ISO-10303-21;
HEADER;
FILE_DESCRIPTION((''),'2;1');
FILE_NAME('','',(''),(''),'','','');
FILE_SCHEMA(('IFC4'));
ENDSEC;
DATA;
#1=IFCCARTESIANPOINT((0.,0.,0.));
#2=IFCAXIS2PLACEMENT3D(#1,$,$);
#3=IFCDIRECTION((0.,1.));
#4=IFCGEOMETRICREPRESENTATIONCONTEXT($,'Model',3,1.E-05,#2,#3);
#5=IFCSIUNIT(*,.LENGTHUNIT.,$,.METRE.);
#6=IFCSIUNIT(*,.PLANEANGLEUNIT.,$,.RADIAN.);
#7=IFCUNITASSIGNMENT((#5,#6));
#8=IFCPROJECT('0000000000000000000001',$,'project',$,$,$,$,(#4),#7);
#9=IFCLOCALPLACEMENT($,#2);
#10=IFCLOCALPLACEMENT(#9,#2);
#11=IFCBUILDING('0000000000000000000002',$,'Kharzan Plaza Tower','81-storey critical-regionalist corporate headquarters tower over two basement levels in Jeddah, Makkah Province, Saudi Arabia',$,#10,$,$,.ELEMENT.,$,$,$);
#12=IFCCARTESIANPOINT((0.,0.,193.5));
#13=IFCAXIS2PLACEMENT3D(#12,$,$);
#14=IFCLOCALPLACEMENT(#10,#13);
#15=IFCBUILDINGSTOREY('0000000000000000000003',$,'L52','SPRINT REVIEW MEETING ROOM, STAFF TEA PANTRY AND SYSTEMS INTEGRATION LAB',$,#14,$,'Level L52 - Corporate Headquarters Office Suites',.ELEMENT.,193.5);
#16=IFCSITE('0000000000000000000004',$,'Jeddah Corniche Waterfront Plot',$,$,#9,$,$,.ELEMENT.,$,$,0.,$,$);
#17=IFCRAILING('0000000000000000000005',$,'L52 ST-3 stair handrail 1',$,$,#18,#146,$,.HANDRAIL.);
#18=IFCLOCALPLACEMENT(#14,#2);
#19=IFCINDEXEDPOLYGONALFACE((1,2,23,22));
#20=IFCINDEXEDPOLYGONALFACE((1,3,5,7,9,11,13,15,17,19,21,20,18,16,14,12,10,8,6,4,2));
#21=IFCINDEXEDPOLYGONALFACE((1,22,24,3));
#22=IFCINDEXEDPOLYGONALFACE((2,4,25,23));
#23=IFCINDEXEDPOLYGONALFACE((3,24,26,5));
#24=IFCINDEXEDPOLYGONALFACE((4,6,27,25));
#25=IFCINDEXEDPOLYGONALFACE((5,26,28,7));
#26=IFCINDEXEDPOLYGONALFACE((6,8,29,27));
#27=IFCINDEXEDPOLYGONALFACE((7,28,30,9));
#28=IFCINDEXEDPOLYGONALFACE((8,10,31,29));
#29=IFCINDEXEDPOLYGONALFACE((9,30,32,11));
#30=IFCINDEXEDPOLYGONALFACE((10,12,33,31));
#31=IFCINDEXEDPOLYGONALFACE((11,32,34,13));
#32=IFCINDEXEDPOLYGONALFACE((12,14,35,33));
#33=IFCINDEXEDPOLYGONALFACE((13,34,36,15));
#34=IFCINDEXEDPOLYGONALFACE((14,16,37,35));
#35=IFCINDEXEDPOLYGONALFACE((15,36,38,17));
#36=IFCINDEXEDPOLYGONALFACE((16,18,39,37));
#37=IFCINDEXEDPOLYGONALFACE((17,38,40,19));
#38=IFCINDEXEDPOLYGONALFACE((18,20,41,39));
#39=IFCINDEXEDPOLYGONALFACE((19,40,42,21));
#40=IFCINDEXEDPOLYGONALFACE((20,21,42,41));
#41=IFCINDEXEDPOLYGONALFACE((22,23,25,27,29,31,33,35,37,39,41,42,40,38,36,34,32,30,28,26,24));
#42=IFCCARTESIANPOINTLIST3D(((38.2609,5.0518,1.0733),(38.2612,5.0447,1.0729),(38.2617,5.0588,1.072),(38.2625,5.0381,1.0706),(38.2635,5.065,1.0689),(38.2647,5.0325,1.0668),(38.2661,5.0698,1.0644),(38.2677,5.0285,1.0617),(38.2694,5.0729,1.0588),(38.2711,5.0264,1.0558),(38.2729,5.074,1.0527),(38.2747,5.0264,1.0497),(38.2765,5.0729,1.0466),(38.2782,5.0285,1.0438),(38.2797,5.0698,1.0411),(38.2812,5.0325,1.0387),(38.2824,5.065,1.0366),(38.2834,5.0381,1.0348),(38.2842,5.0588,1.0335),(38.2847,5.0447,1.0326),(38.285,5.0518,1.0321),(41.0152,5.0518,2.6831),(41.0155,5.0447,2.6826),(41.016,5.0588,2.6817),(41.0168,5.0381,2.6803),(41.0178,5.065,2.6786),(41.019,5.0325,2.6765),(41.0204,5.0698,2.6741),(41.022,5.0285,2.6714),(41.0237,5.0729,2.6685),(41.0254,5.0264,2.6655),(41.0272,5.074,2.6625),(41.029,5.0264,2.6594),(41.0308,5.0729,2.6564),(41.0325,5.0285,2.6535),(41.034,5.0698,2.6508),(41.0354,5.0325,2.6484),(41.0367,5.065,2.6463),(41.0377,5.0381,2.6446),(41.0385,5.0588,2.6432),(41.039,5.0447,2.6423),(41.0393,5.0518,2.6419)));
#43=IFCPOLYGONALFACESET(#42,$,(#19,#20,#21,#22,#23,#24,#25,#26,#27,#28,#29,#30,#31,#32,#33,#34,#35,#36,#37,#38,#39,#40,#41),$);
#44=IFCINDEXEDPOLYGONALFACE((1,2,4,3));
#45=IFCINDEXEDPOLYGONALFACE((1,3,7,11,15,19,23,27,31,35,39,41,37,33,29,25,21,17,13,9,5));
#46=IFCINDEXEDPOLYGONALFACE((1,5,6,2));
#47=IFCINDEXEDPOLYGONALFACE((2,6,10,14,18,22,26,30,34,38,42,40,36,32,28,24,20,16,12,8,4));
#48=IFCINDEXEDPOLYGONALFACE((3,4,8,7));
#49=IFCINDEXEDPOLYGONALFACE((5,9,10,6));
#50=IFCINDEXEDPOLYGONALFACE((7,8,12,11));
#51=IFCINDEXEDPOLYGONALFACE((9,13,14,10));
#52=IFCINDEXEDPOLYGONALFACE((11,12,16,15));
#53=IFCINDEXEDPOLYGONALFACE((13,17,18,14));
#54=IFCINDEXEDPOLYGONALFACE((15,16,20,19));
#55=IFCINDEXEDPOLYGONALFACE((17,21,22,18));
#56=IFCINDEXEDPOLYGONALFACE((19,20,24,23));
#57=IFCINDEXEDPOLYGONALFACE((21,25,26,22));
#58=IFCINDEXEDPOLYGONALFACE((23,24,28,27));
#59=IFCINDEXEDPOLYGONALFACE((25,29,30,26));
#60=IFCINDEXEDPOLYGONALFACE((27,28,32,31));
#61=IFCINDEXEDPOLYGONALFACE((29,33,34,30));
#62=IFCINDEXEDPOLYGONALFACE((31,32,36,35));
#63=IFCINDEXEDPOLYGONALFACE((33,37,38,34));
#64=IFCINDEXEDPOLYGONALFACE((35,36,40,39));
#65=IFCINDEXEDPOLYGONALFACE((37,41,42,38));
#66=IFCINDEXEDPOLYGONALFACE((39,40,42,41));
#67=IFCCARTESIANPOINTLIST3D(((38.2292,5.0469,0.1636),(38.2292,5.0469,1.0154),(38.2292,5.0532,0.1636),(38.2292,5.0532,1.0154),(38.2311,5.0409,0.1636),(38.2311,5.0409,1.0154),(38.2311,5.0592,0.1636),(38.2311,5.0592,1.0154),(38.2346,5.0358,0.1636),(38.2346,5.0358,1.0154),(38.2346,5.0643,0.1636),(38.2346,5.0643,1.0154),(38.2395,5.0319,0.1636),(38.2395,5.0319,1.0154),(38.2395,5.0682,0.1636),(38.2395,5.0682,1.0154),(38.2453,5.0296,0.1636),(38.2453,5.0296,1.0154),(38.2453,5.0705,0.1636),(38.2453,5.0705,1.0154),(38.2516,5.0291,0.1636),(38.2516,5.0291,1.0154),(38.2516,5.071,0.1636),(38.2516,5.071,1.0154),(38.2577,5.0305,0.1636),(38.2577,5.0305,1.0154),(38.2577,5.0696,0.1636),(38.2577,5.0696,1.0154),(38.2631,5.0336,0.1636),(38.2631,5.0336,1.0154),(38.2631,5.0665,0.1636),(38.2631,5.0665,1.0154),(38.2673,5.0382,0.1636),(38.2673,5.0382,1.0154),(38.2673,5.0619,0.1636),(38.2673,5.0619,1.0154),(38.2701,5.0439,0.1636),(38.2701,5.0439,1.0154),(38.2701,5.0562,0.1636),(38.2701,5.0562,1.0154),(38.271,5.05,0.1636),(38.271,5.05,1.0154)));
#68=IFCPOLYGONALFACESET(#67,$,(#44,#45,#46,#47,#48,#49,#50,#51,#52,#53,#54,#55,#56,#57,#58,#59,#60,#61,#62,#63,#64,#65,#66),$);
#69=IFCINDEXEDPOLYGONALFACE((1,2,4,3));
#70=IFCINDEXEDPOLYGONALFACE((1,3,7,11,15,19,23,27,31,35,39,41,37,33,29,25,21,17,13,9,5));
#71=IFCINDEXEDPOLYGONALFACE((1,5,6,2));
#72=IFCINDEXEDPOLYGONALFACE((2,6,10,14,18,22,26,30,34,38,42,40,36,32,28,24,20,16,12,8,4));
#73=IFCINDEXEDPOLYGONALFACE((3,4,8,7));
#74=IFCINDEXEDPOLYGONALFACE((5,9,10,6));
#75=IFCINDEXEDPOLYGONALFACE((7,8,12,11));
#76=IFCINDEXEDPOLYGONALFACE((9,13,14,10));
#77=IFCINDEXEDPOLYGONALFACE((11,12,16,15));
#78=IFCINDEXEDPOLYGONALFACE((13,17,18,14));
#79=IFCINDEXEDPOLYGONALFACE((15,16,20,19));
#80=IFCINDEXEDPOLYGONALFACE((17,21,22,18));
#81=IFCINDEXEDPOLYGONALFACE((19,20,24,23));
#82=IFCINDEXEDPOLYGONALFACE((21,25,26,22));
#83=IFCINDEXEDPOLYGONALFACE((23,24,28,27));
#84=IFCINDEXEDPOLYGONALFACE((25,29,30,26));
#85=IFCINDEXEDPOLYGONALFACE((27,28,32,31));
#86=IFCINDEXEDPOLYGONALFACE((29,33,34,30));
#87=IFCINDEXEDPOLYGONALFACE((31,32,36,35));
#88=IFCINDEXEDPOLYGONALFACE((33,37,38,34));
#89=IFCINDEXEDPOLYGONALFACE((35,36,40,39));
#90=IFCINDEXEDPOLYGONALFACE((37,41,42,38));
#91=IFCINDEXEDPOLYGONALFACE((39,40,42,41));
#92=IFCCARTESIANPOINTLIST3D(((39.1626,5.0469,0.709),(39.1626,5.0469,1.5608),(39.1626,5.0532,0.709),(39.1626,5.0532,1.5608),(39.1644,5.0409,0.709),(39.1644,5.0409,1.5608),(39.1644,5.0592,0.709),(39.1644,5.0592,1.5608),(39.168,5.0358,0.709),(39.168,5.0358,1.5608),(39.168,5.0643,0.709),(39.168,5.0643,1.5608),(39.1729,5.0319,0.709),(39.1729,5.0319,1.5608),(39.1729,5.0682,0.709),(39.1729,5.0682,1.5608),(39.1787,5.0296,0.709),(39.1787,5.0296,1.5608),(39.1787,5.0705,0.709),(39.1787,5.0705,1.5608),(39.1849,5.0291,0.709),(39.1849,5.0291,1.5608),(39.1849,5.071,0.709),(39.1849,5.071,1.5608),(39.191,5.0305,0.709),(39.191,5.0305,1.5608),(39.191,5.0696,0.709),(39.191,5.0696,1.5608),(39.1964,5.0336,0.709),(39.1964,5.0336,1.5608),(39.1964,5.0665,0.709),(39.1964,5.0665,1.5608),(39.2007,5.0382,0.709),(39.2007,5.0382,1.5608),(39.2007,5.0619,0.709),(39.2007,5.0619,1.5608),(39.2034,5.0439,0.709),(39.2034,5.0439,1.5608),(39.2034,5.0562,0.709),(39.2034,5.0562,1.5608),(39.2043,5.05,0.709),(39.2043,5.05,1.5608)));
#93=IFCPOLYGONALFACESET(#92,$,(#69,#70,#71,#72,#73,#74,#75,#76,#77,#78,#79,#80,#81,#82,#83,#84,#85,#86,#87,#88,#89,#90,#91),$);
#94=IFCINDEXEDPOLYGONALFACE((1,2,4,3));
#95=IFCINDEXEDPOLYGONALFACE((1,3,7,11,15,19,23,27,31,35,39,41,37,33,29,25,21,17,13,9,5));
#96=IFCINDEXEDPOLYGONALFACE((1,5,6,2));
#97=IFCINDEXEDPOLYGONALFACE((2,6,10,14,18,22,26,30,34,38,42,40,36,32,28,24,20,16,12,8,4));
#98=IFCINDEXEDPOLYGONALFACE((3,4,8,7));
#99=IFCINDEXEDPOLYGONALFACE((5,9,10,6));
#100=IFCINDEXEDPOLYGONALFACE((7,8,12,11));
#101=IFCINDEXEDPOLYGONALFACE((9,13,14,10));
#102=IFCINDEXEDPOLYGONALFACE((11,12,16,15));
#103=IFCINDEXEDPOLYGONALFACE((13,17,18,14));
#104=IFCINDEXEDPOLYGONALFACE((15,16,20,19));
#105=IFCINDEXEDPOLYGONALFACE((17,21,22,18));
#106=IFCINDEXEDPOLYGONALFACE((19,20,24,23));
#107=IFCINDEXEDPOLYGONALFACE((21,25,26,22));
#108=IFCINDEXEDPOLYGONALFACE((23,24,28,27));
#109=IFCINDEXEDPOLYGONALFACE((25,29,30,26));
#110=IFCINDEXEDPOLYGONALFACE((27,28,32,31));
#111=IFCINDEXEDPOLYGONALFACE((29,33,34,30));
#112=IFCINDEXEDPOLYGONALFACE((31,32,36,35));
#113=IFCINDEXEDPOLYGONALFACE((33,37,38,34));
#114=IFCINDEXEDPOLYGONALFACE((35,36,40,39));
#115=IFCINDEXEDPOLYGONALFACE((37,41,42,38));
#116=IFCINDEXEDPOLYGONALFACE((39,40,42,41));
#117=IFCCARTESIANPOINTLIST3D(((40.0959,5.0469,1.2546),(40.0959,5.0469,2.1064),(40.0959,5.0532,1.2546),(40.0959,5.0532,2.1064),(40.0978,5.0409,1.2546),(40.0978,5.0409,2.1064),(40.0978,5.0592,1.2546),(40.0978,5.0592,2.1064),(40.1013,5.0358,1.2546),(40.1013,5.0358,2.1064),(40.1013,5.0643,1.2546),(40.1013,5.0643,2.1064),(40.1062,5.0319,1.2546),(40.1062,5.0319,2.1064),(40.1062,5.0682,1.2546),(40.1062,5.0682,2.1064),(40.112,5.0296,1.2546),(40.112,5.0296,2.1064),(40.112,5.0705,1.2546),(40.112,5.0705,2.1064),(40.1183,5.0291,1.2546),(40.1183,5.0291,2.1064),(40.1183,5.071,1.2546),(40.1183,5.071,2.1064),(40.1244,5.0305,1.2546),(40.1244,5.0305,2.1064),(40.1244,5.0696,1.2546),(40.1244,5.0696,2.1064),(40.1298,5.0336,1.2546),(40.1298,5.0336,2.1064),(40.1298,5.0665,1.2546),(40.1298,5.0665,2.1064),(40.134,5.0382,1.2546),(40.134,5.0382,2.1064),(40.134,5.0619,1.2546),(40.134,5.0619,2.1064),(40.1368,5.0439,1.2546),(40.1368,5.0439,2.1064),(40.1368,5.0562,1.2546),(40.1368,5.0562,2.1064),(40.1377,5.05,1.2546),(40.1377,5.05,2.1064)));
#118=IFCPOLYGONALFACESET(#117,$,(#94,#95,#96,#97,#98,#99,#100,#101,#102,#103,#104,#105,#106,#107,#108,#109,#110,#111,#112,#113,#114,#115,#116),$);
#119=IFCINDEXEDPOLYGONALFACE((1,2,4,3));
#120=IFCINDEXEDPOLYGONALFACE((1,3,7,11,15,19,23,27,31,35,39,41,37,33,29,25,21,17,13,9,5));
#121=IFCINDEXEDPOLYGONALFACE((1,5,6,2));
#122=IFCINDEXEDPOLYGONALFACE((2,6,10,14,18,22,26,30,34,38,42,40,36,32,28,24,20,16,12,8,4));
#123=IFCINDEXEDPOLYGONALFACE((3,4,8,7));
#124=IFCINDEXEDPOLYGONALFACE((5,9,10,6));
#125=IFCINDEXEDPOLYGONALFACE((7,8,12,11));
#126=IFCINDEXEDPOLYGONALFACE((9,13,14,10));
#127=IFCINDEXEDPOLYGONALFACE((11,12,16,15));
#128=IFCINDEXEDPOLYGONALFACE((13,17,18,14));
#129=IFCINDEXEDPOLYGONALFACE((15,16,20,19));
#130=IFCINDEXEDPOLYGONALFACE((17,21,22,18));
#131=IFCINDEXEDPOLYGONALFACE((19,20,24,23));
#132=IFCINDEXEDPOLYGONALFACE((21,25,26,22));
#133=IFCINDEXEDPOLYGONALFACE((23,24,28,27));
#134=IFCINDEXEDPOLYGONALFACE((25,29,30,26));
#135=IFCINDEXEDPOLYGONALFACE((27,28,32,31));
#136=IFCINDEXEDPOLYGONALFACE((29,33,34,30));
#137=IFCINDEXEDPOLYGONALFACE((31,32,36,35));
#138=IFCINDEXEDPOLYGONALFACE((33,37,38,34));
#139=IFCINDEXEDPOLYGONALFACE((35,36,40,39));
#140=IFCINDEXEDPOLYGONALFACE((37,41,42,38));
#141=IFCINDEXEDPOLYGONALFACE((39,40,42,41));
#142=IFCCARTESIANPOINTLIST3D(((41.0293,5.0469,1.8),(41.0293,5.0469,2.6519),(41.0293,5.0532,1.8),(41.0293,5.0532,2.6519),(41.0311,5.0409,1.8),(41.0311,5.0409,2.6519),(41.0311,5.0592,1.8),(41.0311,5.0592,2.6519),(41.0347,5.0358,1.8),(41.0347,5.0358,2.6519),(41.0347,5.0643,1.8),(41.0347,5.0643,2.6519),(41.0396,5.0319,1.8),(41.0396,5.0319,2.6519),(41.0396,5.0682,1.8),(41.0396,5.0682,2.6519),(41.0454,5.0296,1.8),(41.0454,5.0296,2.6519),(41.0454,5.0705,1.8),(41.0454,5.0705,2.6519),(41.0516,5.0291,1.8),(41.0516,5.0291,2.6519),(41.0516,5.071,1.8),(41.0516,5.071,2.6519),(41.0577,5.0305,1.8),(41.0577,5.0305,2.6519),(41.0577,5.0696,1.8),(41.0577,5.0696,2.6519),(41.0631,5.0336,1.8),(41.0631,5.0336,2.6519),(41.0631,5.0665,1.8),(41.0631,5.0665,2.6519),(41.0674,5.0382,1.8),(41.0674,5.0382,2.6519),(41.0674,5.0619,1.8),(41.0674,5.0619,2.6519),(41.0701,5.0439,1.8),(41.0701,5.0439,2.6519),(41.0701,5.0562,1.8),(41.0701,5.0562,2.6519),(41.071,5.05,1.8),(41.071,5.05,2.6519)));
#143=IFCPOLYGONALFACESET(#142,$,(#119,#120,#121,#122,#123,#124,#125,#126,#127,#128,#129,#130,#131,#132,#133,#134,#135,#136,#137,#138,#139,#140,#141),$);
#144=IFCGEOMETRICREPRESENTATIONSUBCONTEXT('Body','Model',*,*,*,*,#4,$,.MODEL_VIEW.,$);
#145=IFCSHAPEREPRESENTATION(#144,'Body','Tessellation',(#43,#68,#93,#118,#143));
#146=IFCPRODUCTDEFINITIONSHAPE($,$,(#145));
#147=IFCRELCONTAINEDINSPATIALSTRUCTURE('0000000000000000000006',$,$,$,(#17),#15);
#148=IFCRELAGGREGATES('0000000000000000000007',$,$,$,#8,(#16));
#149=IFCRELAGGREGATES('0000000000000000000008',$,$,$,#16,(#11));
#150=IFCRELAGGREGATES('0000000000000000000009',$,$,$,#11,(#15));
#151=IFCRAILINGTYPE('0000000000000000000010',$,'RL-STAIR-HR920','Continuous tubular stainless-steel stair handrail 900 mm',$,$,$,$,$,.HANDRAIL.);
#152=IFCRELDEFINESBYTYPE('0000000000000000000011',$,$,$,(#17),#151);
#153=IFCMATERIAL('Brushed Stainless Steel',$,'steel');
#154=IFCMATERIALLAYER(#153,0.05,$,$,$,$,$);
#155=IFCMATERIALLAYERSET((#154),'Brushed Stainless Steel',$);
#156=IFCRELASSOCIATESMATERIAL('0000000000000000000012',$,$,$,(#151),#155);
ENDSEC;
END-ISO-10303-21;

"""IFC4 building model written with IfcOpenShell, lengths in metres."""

from ifc_helpers import new_model, si_unit, direction, frame, origin, origin_2d, place, context, subcontext, project, spatial, circle, extrude, source, transform, mapped, material, layer, layer_set, type_object, element, save


model = new_model("IFC4")

# Units and contexts
model_context = context("Model", 3, precision=1e-05, world=origin(), true_north=direction((0.0, 1.0)))
body_context = subcontext(model_context, "Body", "Model", "MODEL_VIEW")
ifc_project = project(units=[si_unit("LENGTHUNIT", "METRE"), si_unit("PLANEANGLEUNIT", "RADIAN")], contexts=[model_context])

# Site, building, storey
site_placement = place(None, origin())
site = spatial("IfcSite", under=ifc_project, at=site_placement, Name="Jeddah Corniche Waterfront Plot", CompositionType="ELEMENT", RefElevation=0.0)
building_placement = place(site_placement, origin())
building = spatial("IfcBuilding", under=site, at=building_placement, Name="Kharzan Plaza Tower", Description="81-storey critical-regionalist corporate headquarters tower over two basement levels in Jeddah, Makkah Province, Saudi Arabia", CompositionType="ELEMENT")
storey_placement = place(building_placement, frame((0.0, 0.0, 193.5)))
storey = spatial("IfcBuildingStorey", under=building, at=storey_placement, Name="L52", Description="SPRINT REVIEW MEETING ROOM, STAFF TEA PANTRY AND SYSTEMS INTEGRATION LAB", LongName="Level L52 - Corporate Headquarters Office Suites", CompositionType="ELEMENT", Elevation=193.5)

# Railing
ifc_material_1 = material(Name="Brushed Stainless Steel", Category="steel")
ifc_layer_1 = layer(ifc_material_1, 0.05)
ifc_layer_set_1 = layer_set([ifc_layer_1], Name="Brushed Stainless Steel")
railing_type_1 = type_object("IfcRailingType", Name="RL-STAIR-HR920", Description="Continuous tubular stainless-steel stair handrail 900 mm", PredefinedType="HANDRAIL", material=ifc_layer_set_1)
shared_shape_1 = source(origin(), body_context, "Body", "SweptSolid", [
    extrude(circle(Radius=0.0239, at=origin_2d()), frame((0.0229, 0.0, 0.8892), z_axis=(0.863361, 0.0, 0.504587), x_axis=(0.0, 1.0, 0.0)), (0.0, 0.0, 1.0), 3.1902),
    extrude(circle(Radius=0.021, at=origin_2d()), origin(), (0.0, 0.0, 1.0), 0.8518),
    extrude(circle(Radius=0.021, at=origin_2d()), frame((0.9333, 0.0, 0.5454)), (0.0, 0.0, 1.0), 0.8518),
    extrude(circle(Radius=0.021, at=origin_2d()), frame((1.8667, 0.0, 1.0911)), (0.0, 0.0, 1.0), 0.8518),
    extrude(circle(Radius=0.021, at=origin_2d()), frame((2.8, 0.0, 1.6365)), (0.0, 0.0, 1.0), 0.8518),
])
railing_1_placement = place(storey_placement, frame((38.25, 5.05, 0.1636)))
element("IfcRailing", 1, at=railing_1_placement, inside=storey, type_object=railing_type_1, Name="L52 ST-3 stair handrail 1", PredefinedType="HANDRAIL", context=body_context, shape_type="MappedRepresentation", body=[
    mapped(shared_shape_1, transform((0.0, 0.0, 0.0), x_axis=(1.0, 0.0, 0.0), y_axis=(0.0, 1.0, 0.0), z_axis=(0.0, 0.0, 1.0))),
])

save(model, "model.ifc")
